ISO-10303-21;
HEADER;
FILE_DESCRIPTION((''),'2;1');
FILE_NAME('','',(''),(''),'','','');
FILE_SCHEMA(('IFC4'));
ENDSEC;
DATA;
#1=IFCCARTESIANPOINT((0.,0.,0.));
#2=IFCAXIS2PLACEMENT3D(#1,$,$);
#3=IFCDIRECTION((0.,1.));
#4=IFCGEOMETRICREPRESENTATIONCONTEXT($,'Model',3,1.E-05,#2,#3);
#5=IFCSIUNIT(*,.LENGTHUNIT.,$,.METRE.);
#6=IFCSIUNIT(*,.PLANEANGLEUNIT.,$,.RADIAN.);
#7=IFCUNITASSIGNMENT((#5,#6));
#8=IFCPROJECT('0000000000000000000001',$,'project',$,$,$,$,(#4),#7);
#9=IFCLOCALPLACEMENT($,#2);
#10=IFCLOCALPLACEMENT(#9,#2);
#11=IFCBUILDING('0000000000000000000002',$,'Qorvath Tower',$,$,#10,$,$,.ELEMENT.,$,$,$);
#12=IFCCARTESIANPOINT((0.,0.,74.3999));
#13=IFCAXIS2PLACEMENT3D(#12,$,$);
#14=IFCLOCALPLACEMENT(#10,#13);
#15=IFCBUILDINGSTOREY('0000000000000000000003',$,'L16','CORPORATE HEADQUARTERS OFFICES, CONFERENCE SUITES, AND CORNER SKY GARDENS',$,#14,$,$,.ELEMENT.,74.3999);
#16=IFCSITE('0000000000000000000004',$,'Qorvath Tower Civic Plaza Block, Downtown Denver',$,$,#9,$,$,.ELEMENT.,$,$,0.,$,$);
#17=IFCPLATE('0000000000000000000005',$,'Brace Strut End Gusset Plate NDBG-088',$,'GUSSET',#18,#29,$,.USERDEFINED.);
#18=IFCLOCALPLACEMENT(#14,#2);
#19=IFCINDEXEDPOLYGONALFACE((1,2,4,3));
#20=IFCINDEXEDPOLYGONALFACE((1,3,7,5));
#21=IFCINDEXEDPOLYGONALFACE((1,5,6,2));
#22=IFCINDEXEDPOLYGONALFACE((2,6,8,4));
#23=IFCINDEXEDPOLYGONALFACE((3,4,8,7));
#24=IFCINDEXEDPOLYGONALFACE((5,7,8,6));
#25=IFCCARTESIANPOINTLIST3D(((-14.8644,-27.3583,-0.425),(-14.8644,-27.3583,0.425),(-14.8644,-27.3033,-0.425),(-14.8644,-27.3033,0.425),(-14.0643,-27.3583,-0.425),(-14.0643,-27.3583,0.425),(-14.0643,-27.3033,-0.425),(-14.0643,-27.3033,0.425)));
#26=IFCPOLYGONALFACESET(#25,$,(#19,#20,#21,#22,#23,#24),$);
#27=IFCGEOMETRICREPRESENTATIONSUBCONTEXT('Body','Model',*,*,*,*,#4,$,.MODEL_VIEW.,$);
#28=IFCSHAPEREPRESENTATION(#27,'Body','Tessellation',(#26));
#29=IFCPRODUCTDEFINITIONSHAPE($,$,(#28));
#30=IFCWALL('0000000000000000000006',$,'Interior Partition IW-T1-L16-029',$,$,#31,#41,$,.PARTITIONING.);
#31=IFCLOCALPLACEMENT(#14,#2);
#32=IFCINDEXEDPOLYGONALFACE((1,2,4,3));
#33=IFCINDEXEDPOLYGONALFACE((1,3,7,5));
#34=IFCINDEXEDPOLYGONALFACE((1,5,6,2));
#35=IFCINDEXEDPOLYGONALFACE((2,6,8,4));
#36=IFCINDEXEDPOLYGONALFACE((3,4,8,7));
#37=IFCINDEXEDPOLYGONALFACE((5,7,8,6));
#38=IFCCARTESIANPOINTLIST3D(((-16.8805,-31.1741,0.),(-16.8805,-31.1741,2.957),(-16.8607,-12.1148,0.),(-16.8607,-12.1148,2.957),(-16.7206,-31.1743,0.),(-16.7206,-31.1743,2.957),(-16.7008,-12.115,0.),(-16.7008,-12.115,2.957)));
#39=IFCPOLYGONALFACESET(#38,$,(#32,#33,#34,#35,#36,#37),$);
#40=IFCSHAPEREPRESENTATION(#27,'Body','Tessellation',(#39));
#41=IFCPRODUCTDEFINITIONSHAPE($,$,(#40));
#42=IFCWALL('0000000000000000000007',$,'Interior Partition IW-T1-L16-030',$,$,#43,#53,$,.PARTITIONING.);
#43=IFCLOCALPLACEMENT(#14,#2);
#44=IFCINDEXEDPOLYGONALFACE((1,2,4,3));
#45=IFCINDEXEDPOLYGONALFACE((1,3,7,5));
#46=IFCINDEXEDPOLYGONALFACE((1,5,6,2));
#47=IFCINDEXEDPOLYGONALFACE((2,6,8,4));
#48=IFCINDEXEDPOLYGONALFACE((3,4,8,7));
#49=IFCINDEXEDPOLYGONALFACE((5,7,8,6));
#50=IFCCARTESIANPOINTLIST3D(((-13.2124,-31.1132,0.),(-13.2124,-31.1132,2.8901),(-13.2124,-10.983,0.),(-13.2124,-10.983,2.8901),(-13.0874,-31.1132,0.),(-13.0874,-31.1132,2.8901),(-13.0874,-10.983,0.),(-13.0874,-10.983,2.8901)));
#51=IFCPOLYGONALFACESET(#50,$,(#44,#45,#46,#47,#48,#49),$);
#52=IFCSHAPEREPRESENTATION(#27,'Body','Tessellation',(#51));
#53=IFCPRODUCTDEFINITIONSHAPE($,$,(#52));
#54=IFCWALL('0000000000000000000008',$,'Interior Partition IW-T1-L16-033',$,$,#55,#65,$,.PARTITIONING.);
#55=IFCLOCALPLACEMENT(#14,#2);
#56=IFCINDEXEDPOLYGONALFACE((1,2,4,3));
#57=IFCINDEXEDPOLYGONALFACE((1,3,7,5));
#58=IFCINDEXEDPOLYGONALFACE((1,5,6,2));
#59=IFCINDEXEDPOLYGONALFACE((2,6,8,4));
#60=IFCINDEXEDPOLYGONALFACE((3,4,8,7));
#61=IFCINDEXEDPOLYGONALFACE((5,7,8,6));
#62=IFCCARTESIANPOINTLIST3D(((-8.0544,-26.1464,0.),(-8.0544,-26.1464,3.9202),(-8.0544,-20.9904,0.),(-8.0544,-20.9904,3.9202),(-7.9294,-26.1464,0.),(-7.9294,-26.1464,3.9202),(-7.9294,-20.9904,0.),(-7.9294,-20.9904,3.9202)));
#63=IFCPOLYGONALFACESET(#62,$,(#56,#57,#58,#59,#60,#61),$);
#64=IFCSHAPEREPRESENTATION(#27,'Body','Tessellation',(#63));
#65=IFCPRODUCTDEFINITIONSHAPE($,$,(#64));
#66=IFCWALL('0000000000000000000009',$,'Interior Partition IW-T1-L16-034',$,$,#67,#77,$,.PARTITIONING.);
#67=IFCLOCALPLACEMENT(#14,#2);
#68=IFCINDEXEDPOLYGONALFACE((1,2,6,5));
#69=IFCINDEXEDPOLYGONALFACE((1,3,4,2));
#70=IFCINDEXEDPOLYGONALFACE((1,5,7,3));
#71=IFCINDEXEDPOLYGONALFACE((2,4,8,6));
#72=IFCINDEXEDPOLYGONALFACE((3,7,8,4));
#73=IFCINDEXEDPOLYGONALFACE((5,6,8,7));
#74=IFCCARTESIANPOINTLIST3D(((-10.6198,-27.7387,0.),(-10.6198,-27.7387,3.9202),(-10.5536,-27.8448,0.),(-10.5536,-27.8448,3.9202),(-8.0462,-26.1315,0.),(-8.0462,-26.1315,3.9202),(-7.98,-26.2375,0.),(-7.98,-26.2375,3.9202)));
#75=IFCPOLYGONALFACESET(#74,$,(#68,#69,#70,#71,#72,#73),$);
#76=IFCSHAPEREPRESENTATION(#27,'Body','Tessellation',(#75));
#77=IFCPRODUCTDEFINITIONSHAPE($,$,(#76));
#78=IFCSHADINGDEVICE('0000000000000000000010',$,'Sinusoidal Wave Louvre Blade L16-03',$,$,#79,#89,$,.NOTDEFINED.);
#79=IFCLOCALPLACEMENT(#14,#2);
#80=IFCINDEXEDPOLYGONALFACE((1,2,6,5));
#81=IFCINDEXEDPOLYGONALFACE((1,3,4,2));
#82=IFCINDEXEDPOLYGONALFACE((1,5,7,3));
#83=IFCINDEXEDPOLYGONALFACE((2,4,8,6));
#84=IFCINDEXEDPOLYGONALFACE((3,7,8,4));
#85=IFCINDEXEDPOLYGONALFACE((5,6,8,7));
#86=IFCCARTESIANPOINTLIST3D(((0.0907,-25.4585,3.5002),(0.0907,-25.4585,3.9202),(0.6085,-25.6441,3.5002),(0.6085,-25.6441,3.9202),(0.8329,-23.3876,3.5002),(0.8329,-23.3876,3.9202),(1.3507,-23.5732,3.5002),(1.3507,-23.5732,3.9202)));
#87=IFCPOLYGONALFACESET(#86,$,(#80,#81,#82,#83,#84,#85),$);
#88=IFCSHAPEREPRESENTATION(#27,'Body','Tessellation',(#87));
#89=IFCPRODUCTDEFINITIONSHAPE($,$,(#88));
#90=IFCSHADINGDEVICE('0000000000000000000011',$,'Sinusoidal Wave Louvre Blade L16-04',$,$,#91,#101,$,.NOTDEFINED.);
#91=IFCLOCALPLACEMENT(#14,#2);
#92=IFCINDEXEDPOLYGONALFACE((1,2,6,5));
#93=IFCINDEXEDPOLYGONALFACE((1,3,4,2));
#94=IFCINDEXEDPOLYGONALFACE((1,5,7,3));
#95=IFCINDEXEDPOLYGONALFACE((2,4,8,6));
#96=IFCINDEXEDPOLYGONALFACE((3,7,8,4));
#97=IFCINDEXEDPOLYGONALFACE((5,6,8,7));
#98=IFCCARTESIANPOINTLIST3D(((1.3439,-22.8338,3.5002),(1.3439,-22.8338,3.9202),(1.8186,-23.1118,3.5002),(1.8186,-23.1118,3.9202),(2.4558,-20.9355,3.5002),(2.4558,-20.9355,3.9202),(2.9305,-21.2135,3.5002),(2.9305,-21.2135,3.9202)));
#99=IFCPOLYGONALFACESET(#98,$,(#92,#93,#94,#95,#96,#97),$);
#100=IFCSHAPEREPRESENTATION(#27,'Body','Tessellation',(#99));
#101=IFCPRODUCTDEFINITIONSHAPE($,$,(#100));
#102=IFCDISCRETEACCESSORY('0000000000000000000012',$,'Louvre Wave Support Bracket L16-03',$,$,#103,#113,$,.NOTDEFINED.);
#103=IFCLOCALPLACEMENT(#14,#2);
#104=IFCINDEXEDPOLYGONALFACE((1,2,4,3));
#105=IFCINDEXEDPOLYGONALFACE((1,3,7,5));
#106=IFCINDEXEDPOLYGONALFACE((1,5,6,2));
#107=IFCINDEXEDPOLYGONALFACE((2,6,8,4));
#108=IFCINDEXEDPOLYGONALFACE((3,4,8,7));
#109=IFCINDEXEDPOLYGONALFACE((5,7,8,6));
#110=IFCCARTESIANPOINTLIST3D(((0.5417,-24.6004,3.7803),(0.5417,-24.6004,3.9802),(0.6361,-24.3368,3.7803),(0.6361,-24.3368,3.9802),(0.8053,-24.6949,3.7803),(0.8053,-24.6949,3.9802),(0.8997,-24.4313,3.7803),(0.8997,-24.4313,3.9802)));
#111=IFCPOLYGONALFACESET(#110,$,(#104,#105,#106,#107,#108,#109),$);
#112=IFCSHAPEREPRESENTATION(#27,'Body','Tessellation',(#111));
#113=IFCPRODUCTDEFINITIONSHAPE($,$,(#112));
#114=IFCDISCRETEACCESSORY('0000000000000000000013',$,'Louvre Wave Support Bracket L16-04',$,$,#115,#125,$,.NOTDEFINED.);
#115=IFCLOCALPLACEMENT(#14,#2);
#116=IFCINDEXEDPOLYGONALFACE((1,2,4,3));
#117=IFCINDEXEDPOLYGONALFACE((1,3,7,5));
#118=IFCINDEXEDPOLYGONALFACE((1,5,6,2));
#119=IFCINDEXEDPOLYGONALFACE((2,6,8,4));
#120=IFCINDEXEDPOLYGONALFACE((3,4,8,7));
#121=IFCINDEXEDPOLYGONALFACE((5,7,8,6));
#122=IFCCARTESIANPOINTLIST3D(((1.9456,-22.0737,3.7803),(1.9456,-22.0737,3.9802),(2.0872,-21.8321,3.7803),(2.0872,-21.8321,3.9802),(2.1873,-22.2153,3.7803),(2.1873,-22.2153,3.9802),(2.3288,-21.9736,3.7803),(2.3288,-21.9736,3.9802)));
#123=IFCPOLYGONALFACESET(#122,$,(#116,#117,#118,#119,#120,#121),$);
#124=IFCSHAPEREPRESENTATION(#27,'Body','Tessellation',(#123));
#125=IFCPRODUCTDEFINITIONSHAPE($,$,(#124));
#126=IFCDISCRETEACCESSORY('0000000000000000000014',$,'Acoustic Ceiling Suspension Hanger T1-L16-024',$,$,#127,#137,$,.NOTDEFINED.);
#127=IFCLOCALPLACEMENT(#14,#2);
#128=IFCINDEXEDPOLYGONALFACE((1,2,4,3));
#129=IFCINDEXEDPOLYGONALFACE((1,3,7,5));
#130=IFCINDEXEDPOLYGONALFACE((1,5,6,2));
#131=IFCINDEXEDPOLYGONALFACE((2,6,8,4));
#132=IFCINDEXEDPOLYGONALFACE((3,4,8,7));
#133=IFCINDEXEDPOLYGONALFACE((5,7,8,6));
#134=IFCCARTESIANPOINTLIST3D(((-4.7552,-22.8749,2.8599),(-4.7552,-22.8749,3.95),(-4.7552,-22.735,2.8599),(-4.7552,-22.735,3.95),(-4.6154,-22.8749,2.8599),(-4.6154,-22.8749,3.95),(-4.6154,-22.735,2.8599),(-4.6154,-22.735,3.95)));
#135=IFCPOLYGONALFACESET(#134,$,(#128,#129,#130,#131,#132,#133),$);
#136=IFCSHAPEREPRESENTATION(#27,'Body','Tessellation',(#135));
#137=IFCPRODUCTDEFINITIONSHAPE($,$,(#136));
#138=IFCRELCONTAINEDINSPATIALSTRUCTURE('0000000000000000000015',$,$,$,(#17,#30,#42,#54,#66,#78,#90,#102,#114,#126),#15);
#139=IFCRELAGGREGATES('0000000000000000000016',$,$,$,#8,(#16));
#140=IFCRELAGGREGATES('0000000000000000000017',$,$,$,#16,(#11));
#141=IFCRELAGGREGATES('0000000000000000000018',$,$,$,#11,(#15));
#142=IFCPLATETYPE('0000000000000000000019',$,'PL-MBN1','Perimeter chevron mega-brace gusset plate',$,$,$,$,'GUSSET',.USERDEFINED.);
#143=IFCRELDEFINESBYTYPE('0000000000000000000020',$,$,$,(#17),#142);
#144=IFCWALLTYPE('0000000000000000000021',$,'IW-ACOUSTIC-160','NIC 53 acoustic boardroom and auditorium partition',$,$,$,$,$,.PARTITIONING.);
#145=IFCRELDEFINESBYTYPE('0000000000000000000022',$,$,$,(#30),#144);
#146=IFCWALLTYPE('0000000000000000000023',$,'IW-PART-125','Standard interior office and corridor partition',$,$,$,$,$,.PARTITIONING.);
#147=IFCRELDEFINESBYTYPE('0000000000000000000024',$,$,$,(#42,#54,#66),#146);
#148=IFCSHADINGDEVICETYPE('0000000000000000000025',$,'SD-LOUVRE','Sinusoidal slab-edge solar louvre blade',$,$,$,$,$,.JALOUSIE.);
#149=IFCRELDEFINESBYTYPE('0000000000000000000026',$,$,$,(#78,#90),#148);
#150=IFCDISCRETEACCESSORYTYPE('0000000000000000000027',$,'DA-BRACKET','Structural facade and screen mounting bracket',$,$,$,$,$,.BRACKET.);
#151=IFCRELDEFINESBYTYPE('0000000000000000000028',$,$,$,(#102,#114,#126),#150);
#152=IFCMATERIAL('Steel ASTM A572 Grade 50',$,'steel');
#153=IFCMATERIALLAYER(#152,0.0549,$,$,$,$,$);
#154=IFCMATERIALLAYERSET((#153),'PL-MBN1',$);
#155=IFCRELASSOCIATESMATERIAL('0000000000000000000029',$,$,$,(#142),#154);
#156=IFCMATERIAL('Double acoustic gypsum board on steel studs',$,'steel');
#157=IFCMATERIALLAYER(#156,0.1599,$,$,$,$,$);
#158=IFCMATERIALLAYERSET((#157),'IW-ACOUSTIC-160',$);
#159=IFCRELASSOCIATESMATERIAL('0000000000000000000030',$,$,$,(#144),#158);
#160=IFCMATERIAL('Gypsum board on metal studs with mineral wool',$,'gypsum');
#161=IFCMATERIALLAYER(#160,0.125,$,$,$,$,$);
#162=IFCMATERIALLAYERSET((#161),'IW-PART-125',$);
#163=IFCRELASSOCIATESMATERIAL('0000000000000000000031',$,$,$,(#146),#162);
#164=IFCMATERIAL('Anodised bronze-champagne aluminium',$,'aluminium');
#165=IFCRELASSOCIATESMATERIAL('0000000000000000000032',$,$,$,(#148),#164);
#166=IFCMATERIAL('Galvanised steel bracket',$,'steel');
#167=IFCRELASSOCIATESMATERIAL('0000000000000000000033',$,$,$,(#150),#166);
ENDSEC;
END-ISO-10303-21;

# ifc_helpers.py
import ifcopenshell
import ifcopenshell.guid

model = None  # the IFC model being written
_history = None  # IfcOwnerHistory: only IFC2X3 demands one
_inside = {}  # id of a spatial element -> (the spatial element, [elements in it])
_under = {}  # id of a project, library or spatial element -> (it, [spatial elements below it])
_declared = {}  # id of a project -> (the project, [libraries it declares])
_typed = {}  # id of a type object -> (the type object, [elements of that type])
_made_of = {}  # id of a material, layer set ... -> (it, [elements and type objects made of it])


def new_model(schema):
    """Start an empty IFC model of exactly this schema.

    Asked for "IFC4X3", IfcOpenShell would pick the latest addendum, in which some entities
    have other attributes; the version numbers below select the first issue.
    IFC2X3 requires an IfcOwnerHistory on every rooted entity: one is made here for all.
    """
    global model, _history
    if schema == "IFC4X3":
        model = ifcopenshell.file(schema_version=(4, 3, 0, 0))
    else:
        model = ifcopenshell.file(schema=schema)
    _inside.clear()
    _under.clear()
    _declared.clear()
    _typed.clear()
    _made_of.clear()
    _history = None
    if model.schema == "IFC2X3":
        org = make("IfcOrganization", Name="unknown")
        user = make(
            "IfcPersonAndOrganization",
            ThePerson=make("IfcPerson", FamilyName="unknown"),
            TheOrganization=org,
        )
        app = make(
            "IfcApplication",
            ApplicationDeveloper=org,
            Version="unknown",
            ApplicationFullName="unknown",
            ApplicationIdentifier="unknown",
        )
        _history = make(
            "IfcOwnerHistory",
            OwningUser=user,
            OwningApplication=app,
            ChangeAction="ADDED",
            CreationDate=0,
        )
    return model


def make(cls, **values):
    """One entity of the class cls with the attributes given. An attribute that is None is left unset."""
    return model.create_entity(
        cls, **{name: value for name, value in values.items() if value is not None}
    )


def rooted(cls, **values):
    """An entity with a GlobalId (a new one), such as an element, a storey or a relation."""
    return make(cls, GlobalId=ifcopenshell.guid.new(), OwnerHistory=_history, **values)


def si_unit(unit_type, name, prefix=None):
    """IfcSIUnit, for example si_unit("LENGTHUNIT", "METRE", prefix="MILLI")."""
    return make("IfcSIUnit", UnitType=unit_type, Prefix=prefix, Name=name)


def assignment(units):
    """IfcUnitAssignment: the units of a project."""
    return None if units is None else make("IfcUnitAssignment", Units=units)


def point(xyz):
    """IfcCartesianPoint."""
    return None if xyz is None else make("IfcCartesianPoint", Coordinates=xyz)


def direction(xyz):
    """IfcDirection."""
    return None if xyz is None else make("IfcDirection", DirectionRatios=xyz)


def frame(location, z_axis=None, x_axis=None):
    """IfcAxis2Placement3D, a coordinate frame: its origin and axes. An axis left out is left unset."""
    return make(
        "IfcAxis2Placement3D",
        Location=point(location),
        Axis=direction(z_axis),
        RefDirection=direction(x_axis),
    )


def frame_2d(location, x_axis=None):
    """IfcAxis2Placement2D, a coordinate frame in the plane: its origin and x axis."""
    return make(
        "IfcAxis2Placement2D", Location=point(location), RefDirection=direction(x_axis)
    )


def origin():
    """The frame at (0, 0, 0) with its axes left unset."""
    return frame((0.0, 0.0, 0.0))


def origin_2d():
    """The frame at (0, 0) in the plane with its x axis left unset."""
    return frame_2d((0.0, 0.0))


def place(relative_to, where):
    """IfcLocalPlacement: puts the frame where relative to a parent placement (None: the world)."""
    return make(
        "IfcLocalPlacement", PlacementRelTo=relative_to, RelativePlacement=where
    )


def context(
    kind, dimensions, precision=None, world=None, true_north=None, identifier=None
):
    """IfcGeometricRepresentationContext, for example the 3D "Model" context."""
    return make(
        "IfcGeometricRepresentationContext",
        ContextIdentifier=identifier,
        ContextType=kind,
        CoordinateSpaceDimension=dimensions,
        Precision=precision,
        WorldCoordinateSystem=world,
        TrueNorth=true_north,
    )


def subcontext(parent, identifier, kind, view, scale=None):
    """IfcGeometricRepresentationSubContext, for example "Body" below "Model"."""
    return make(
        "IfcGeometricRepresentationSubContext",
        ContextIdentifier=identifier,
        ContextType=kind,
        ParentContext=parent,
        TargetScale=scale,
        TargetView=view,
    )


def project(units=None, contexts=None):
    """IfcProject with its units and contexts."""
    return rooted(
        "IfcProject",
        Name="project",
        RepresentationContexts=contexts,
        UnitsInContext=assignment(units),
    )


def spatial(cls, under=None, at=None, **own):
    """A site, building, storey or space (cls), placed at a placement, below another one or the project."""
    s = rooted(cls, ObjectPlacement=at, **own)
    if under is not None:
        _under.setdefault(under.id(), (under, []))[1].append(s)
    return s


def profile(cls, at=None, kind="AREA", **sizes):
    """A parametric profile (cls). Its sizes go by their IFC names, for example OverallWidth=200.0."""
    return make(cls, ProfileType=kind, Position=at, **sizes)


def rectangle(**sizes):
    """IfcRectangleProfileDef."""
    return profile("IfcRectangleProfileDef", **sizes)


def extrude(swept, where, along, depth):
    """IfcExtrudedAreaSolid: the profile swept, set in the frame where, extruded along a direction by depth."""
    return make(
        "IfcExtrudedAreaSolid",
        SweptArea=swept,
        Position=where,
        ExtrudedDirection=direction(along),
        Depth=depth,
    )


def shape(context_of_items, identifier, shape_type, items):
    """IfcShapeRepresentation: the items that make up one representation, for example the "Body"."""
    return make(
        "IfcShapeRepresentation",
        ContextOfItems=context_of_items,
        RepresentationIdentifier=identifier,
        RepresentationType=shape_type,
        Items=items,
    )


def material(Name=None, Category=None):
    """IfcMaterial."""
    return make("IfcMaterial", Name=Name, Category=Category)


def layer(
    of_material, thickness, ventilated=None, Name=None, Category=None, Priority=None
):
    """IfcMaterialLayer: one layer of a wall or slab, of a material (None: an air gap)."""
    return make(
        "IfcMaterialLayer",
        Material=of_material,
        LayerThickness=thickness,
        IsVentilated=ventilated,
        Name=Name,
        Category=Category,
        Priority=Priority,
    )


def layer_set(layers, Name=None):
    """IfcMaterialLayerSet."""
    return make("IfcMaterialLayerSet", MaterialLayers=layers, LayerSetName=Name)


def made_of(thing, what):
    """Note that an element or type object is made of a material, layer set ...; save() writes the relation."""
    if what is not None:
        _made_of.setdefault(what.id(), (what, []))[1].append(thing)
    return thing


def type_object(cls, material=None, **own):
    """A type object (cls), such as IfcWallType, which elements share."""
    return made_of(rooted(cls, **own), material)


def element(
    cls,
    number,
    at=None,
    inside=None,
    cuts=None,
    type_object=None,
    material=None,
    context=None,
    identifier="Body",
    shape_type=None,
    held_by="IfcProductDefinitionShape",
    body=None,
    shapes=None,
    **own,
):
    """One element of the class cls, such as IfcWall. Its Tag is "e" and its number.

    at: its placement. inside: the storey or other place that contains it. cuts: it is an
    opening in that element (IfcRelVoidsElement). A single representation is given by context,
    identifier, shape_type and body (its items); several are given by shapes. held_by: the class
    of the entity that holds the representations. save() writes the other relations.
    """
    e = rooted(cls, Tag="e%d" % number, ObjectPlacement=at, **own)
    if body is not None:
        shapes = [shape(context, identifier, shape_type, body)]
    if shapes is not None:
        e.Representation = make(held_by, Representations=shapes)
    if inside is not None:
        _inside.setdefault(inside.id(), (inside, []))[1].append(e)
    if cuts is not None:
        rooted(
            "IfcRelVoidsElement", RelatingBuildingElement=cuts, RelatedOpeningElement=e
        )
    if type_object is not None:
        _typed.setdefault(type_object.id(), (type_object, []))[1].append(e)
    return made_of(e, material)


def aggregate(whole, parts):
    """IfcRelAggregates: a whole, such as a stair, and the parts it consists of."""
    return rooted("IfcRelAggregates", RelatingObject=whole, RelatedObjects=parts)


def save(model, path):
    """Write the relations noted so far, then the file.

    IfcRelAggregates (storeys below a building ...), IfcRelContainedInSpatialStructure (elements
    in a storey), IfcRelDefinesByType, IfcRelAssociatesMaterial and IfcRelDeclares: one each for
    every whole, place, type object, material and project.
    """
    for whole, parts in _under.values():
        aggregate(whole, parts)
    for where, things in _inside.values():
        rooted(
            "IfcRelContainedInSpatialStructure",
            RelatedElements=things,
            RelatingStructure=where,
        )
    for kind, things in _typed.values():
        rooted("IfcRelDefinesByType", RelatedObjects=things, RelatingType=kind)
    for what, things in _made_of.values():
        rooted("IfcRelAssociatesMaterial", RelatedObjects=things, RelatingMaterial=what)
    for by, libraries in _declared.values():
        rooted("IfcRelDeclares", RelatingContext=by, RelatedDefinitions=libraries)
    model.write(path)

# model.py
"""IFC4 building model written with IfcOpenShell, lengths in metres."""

from ifc_helpers import new_model, si_unit, direction, frame, frame_2d, origin, origin_2d, place, context, subcontext, project, spatial, rectangle, extrude, material, layer, layer_set, type_object, element, save


model = new_model("IFC4")

# Units and contexts
model_context = context("Model", 3, precision=1e-05, world=origin(), true_north=direction((0.0, 1.0)))
body_context = subcontext(model_context, "Body", "Model", "MODEL_VIEW")
ifc_project = project(units=[si_unit("LENGTHUNIT", "METRE"), si_unit("PLANEANGLEUNIT", "RADIAN")], contexts=[model_context])

# Site, building, storey
site_placement = place(None, origin())
site = spatial("IfcSite", under=ifc_project, at=site_placement, Name="Qorvath Tower Civic Plaza Block, Downtown Denver", CompositionType="ELEMENT", RefElevation=0.0)
building_placement = place(site_placement, origin())
building = spatial("IfcBuilding", under=site, at=building_placement, Name="Qorvath Tower", CompositionType="ELEMENT")
storey_placement = place(building_placement, frame((0.0, 0.0, 74.3999)))
storey = spatial("IfcBuildingStorey", under=building, at=storey_placement, Name="L16", Description="CORPORATE HEADQUARTERS OFFICES, CONFERENCE SUITES, AND CORNER SKY GARDENS", CompositionType="ELEMENT", Elevation=74.3999)

# Plate
ifc_material_1 = material(Name="Steel ASTM A572 Grade 50", Category="steel")
ifc_layer_1 = layer(ifc_material_1, 0.0549)
ifc_layer_set_1 = layer_set([ifc_layer_1], Name="PL-MBN1")
plate_type_1 = type_object("IfcPlateType", Name="PL-MBN1", Description="Perimeter chevron mega-brace gusset plate", ElementType="GUSSET", PredefinedType="USERDEFINED", material=ifc_layer_set_1)
plate_1_placement = place(storey_placement, frame((-14.4644, -27.3308, -0.425), z_axis=(0.0, 0.0, 1.0), x_axis=(1.0, 0.0, 0.0)))
element("IfcPlate", 1, at=plate_1_placement, inside=storey, type_object=plate_type_1, Name="Brace Strut End Gusset Plate NDBG-088", ObjectType="GUSSET", PredefinedType="USERDEFINED", context=body_context, shape_type="SweptSolid", body=[
    extrude(rectangle(XDim=0.8, YDim=0.0549, at=origin_2d()), origin(), (0.0, 0.0, 1.0), 0.8501),
])

# Walls
ifc_material_2 = material(Name="Double acoustic gypsum board on steel studs", Category="steel")
ifc_layer_2 = layer(ifc_material_2, 0.1599)
ifc_layer_set_2 = layer_set([ifc_layer_2], Name="IW-ACOUSTIC-160")
wall_type_1 = type_object("IfcWallType", Name="IW-ACOUSTIC-160", Description="NIC 53 acoustic boardroom and auditorium partition", PredefinedType="PARTITIONING", material=ifc_layer_set_2)
wall_1_placement = place(storey_placement, frame((-16.8005, -31.1743, 0.0), z_axis=(0.0, 0.0, 1.0), x_axis=(0.001038, 0.999999, 0.0)))
element("IfcWall", 2, at=wall_1_placement, inside=storey, type_object=wall_type_1, Name="Interior Partition IW-T1-L16-029", PredefinedType="PARTITIONING", context=body_context, shape_type="SweptSolid", body=[
    extrude(rectangle(XDim=19.0593, YDim=0.1599, at=frame_2d((9.5298, 0.0))), origin(), (0.0, 0.0, 1.0), 2.957),
])
ifc_material_3 = material(Name="Gypsum board on metal studs with mineral wool", Category="gypsum")
ifc_layer_3 = layer(ifc_material_3, 0.125)
ifc_layer_set_3 = layer_set([ifc_layer_3], Name="IW-PART-125")
wall_type_2 = type_object("IfcWallType", Name="IW-PART-125", Description="Standard interior office and corridor partition", PredefinedType="PARTITIONING", material=ifc_layer_set_3)
wall_2_placement = place(storey_placement, frame((-13.1499, -31.113, 0.0), z_axis=(0.0, 0.0, 1.0), x_axis=(0.0, 1.0, 0.0)))
element("IfcWall", 3, at=wall_2_placement, inside=storey, type_object=wall_type_2, Name="Interior Partition IW-T1-L16-030", PredefinedType="PARTITIONING", context=body_context, shape_type="SweptSolid", body=[
    extrude(rectangle(XDim=20.1301, YDim=0.125, at=frame_2d((10.0649, 0.0))), origin(), (0.0, 0.0, 1.0), 2.8901),
])
wall_3_placement = place(storey_placement, frame((-7.9919, -26.1465, 0.0), z_axis=(0.0, 0.0, 1.0), x_axis=(0.0, 1.0, 0.0)))
element("IfcWall", 4, at=wall_3_placement, inside=storey, type_object=wall_type_2, Name="Interior Partition IW-T1-L16-033", PredefinedType="PARTITIONING", context=body_context, shape_type="SweptSolid", body=[
    extrude(rectangle(XDim=5.156, YDim=0.125, at=frame_2d((2.5781, 0.0))), origin(), (0.0, 0.0, 1.0), 3.9202),
])
wall_4_placement = place(storey_placement, frame((-10.5867, -27.7917, 0.0), z_axis=(0.0, 0.0, 1.0), x_axis=(0.848184, 0.529702, 0.0)))
element("IfcWall", 5, at=wall_4_placement, inside=storey, type_object=wall_type_2, Name="Interior Partition IW-T1-L16-034", PredefinedType="PARTITIONING", context=body_context, shape_type="SweptSolid", body=[
    extrude(rectangle(XDim=3.0342, YDim=0.125, at=frame_2d((1.5171, 0.0))), origin(), (0.0, 0.0, 1.0), 3.9202),
])

# Shading devices
ifc_material_4 = material(Name="Anodised bronze-champagne aluminium", Category="aluminium")
shading_device_type = type_object("IfcShadingDeviceType", Name="SD-LOUVRE", Description="Sinusoidal slab-edge solar louvre blade", PredefinedType="JALOUSIE", material=ifc_material_4)
for number, where, z_axis, x_axis, name in (
    (6, (0.7207, -24.5159, 3.5002), (0.0, 0.0, 1.0), (0.337407, 0.941359, 0.0), "Sinusoidal Wave Louvre Blade L16-03"),
    (7, (2.1372, -22.0237, 3.5002), (0.0, 0.0, 1.0), (0.505422, 0.862872, 0.0), "Sinusoidal Wave Louvre Blade L16-04"),
):
    element("IfcShadingDevice", number, at=place(storey_placement, frame(where, z_axis=z_axis, x_axis=x_axis)), inside=storey, type_object=shading_device_type, Name=name, PredefinedType="NOTDEFINED", context=body_context, shape_type="SweptSolid", body=[
        extrude(rectangle(XDim=2.2, YDim=0.55, at=origin_2d()), origin(), (0.0, 0.0, 1.0), 0.4199),
    ])

# Discrete accessories
ifc_material_5 = material(Name="Galvanised steel bracket", Category="steel")
discrete_accessory_type = type_object("IfcDiscreteAccessoryType", Name="DA-BRACKET", Description="Structural facade and screen mounting bracket", PredefinedType="BRACKET", material=ifc_material_5)
for number, where, z_axis, x_axis, name in (
    (8, (0.7207, -24.5159, 3.7803), (0.0, 0.0, 1.0), (0.337407, 0.941359, 0.0), "Louvre Wave Support Bracket L16-03"),
    (9, (2.1372, -22.0237, 3.7803), (0.0, 0.0, 1.0), (0.505422, 0.862872, 0.0), "Louvre Wave Support Bracket L16-04"),
):
    element("IfcDiscreteAccessory", number, at=place(storey_placement, frame(where, z_axis=z_axis, x_axis=x_axis)), inside=storey, type_object=discrete_accessory_type, Name=name, PredefinedType="NOTDEFINED", context=body_context, shape_type="SweptSolid", body=[
        extrude(rectangle(XDim=0.28, YDim=0.28, at=origin_2d()), origin(), (0.0, 0.0, 1.0), 0.2),
    ])
discrete_accessory_placement = place(storey_placement, frame((-4.6853, -22.8049, 2.8599), z_axis=(0.0, 0.0, 1.0), x_axis=(1.0, 0.0, 0.0)))
element("IfcDiscreteAccessory", 10, at=discrete_accessory_placement, inside=storey, type_object=discrete_accessory_type, Name="Acoustic Ceiling Suspension Hanger T1-L16-024", PredefinedType="NOTDEFINED", context=body_context, shape_type="SweptSolid", body=[
    extrude(rectangle(XDim=0.1399, YDim=0.1399, at=origin_2d()), origin(), (0.0, 0.0, 1.0), 1.0901),
])

save(model, "model.ifc")
